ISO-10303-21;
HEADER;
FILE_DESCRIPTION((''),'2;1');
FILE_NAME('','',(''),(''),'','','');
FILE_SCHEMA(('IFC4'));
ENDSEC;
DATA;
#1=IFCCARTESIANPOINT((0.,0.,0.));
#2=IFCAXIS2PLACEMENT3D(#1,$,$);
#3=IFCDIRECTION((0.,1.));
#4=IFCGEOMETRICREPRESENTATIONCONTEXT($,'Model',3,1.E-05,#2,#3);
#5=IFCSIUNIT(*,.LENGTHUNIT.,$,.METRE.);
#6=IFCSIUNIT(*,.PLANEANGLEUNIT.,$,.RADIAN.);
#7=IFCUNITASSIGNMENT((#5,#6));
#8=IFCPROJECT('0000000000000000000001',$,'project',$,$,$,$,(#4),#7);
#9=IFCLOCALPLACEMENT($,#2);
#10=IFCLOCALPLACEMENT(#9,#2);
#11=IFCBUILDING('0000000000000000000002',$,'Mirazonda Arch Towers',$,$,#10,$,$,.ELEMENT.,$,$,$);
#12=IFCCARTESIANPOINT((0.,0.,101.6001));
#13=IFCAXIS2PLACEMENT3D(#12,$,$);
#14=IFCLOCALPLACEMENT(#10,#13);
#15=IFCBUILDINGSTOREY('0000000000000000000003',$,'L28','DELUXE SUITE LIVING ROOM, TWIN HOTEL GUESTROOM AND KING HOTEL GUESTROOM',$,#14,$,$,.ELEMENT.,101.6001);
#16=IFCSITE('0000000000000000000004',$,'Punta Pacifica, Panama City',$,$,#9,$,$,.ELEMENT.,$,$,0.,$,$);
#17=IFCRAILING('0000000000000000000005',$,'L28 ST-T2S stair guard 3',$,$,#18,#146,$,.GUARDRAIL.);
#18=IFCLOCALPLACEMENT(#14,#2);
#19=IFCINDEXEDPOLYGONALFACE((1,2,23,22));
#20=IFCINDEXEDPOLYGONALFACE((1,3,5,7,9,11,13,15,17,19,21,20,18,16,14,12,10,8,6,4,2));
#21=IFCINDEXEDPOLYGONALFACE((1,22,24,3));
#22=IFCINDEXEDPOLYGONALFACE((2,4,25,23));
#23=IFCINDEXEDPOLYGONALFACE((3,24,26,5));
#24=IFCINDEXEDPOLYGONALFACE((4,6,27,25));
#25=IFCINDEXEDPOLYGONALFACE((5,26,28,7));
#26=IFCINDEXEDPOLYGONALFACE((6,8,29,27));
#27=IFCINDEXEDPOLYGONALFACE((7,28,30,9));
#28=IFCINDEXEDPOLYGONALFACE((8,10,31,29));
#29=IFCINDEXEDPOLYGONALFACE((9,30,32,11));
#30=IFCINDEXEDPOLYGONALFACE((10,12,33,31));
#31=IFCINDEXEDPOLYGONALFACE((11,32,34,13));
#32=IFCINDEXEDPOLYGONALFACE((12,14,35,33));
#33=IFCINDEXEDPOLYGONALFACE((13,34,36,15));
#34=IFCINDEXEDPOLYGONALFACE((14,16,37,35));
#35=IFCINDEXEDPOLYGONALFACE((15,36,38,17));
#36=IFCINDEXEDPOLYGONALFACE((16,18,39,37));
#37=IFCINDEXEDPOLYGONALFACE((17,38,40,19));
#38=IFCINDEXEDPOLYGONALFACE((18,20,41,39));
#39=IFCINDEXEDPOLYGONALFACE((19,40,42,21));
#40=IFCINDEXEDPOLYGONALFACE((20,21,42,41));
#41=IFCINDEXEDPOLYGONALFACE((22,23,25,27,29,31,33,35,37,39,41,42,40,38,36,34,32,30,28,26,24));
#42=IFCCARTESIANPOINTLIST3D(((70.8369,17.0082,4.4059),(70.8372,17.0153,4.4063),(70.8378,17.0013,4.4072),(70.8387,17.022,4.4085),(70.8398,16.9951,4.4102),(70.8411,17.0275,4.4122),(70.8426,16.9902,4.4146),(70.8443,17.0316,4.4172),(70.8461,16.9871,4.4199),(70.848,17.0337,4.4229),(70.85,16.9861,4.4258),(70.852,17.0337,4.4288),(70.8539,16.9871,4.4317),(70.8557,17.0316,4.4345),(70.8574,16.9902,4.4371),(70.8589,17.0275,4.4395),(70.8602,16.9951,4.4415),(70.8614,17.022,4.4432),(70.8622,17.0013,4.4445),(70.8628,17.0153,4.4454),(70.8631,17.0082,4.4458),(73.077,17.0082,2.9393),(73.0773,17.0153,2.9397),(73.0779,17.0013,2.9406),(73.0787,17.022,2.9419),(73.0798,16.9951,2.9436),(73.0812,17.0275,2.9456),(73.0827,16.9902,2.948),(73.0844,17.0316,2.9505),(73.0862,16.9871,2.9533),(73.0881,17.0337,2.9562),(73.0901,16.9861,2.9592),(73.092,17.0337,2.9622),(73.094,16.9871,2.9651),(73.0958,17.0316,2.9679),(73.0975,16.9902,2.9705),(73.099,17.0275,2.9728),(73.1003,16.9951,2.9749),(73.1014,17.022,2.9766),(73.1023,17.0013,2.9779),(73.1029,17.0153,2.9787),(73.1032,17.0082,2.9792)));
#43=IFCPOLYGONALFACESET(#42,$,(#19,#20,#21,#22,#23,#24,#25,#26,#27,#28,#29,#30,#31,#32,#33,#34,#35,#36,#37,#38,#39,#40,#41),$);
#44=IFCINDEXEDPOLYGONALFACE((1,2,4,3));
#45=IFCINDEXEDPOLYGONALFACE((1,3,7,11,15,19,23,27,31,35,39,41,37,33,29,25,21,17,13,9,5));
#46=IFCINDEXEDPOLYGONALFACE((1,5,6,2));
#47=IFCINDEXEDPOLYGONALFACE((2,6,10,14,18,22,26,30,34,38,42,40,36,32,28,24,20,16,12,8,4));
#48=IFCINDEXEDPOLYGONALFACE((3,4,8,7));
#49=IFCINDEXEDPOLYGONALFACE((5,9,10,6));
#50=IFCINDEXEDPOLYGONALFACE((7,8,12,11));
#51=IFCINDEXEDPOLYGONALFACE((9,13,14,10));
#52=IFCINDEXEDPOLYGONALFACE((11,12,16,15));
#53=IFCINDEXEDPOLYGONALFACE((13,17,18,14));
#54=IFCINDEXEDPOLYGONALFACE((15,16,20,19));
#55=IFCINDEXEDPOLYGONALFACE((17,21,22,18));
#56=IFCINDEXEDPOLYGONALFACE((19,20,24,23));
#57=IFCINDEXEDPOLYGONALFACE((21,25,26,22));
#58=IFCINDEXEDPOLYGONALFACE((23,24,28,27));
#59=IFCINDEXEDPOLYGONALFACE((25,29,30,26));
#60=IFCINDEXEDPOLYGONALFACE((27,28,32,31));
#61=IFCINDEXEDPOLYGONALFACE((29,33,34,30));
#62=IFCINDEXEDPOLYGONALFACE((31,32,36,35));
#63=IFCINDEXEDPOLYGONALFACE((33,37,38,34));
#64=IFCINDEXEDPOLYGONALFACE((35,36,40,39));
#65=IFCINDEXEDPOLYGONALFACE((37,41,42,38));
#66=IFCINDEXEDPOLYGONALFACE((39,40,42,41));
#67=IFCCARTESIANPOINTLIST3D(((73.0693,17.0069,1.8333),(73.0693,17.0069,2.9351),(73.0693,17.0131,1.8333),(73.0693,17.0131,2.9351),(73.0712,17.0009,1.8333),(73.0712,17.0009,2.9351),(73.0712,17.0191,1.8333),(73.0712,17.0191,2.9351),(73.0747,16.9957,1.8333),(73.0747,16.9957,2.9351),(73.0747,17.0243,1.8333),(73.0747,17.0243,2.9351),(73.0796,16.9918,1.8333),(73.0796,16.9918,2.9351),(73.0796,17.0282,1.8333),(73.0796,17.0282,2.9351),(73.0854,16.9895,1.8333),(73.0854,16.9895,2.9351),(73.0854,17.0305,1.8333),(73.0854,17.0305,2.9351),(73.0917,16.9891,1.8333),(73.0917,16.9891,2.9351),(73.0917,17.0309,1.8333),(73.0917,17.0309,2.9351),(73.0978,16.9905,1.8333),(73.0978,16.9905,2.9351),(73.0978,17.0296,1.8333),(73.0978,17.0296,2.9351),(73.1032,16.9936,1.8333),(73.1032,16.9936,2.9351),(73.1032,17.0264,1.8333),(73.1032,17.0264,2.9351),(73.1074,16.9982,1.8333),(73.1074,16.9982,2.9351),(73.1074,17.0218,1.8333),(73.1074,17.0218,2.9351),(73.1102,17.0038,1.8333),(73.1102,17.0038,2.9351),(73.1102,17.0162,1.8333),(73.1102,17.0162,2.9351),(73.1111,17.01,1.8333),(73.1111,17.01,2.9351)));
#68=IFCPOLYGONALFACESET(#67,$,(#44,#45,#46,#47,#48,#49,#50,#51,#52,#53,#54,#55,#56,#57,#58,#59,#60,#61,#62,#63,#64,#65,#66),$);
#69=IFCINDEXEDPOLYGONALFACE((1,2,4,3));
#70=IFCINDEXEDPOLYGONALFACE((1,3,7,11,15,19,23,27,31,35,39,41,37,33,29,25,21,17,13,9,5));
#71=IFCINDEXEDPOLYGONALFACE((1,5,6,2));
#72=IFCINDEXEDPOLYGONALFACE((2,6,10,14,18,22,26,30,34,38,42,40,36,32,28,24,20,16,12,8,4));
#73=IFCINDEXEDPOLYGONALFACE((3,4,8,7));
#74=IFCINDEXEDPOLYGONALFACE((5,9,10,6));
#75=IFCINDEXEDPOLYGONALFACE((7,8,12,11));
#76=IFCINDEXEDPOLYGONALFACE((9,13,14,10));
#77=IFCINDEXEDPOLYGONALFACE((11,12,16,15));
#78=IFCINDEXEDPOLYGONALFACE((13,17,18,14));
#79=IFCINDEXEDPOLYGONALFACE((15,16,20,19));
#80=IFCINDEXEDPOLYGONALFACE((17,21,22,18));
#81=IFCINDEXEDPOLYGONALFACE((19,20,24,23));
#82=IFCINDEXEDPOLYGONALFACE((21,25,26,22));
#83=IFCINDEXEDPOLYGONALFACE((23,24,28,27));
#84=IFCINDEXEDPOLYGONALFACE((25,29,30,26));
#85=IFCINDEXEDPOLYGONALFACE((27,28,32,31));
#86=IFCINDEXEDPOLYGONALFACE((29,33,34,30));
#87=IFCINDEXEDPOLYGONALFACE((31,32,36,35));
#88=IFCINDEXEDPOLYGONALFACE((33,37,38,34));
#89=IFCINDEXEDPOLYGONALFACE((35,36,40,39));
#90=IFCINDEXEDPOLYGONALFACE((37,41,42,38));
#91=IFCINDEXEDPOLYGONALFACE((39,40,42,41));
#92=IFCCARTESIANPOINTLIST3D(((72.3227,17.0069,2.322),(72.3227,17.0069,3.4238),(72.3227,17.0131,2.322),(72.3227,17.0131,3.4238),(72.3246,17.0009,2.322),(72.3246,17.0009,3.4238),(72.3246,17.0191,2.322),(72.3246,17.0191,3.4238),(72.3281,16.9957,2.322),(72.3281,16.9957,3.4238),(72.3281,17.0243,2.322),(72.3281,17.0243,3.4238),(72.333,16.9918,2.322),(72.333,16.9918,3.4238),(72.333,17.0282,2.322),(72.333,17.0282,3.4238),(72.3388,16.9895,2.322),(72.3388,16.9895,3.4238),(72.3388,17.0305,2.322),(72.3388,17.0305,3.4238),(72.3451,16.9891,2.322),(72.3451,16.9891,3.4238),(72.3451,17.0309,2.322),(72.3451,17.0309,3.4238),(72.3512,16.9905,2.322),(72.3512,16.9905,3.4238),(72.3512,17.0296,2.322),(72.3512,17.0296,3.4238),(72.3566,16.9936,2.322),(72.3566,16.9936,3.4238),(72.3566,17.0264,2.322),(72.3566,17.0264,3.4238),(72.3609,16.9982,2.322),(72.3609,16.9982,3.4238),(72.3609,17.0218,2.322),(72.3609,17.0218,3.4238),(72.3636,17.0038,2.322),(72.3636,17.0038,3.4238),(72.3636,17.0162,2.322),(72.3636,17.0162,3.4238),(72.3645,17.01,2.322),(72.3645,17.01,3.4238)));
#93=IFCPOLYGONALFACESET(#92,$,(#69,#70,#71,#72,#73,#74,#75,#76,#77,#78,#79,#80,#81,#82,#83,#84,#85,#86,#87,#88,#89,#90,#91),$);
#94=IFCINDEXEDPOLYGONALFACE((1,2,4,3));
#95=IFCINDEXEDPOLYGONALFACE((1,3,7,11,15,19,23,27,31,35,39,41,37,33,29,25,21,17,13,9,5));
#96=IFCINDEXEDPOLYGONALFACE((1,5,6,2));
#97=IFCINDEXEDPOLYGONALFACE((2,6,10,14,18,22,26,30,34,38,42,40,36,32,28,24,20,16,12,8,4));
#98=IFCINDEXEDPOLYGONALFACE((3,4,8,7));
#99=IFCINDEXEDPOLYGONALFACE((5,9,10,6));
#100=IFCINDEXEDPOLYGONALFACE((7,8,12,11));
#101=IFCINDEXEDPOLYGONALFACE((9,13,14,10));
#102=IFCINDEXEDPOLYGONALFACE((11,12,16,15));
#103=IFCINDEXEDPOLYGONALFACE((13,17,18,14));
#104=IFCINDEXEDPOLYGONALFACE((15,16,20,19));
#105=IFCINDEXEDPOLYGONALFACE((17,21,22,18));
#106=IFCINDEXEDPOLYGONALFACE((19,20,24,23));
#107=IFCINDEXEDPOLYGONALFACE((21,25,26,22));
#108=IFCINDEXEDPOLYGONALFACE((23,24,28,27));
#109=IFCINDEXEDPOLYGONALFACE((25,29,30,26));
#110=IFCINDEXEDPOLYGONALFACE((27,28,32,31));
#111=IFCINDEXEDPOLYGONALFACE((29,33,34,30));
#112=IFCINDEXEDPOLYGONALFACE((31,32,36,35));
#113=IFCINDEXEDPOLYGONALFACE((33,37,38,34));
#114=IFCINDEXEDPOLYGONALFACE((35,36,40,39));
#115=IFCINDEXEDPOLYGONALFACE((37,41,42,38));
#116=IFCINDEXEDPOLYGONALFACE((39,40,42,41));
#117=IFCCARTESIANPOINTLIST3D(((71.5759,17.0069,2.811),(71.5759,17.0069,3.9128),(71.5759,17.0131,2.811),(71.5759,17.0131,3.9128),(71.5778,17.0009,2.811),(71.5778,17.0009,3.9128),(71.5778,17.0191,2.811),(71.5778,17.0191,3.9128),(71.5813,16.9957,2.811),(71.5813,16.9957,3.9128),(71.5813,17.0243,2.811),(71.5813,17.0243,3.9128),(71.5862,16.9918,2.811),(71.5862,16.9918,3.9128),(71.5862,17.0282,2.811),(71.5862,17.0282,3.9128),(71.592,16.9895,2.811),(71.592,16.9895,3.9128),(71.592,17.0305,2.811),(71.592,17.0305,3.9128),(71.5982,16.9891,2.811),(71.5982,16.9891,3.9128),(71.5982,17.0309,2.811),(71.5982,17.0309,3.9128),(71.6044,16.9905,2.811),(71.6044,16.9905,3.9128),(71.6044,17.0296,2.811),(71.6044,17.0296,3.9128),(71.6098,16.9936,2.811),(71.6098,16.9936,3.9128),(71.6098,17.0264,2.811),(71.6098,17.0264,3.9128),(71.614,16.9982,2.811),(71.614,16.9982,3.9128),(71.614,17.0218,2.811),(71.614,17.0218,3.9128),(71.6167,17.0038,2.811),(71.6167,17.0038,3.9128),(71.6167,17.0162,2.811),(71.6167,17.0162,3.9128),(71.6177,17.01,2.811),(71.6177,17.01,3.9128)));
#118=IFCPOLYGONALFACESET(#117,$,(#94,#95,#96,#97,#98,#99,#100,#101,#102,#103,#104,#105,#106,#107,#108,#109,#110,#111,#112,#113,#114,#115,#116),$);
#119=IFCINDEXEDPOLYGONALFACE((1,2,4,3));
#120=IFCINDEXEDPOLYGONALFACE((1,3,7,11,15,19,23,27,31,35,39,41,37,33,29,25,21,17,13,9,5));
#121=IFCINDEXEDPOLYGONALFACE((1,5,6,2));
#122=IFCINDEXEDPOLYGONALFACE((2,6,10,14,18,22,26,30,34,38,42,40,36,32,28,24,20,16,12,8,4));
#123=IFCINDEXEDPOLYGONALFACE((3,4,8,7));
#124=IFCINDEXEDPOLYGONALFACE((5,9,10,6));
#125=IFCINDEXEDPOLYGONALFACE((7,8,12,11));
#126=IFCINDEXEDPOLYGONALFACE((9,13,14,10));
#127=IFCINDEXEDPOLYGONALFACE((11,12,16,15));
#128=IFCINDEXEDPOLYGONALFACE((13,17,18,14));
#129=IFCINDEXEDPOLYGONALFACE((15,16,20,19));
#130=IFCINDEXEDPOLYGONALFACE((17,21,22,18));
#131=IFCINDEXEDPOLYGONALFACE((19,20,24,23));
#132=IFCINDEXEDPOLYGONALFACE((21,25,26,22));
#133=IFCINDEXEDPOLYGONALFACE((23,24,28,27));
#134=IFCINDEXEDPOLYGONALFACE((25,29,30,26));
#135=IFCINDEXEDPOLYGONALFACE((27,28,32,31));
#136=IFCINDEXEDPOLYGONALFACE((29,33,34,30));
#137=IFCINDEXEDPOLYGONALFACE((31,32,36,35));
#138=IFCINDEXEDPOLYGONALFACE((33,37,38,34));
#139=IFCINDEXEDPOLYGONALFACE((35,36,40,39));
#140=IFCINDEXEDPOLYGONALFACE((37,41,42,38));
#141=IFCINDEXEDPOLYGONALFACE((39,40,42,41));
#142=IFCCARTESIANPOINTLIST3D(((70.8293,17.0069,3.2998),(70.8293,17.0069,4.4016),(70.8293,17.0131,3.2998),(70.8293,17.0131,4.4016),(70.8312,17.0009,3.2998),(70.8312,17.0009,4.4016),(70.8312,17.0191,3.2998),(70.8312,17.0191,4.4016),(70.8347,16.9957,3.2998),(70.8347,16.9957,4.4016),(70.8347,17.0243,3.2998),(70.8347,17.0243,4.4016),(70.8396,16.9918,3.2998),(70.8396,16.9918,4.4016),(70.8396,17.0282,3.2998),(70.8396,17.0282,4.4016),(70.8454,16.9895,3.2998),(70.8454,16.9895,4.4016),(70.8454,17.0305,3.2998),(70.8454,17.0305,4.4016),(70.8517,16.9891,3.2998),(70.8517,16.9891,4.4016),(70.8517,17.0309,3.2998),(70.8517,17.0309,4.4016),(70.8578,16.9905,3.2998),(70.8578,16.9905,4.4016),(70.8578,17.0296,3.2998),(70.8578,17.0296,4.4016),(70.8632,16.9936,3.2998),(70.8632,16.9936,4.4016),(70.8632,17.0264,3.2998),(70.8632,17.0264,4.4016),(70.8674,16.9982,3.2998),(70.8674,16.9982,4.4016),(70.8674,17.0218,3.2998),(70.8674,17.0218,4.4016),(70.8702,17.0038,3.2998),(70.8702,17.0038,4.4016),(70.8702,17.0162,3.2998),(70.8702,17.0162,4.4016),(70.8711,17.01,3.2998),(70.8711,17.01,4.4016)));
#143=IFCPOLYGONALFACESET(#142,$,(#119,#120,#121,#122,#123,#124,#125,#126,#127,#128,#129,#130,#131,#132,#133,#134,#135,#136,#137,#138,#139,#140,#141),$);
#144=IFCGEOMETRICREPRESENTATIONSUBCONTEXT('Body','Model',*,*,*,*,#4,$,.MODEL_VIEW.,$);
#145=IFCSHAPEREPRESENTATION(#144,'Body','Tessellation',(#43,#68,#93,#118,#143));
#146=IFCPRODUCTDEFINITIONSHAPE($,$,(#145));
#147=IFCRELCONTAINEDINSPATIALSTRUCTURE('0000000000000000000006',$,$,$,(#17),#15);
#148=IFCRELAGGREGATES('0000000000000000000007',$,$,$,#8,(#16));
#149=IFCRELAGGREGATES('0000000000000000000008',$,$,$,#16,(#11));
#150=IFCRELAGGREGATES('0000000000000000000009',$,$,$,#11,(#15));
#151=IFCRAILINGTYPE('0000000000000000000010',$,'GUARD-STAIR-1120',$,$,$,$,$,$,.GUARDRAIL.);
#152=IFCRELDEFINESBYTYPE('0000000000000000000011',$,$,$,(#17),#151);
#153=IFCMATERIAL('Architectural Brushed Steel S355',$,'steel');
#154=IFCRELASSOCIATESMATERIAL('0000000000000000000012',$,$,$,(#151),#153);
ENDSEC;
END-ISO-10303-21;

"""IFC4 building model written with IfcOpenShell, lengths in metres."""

from ifc_helpers import new_model, si_unit, direction, frame, origin, origin_2d, place, context, subcontext, project, spatial, circle, extrude, material, type_object, element, save


model = new_model("IFC4")

# Units and contexts
model_context = context("Model", 3, precision=1e-05, world=origin(), true_north=direction((0.0, 1.0)))
body_context = subcontext(model_context, "Body", "Model", "MODEL_VIEW")
ifc_project = project(units=[si_unit("LENGTHUNIT", "METRE"), si_unit("PLANEANGLEUNIT", "RADIAN")], contexts=[model_context])

# Site, building, storey
site_placement = place(None, origin())
site = spatial("IfcSite", under=ifc_project, at=site_placement, Name="Punta Pacifica, Panama City", CompositionType="ELEMENT", RefElevation=0.0)
building_placement = place(site_placement, origin())
building = spatial("IfcBuilding", under=site, at=building_placement, Name="Mirazonda Arch Towers", CompositionType="ELEMENT")
storey_placement = place(building_placement, frame((0.0, 0.0, 101.6001)))
storey = spatial("IfcBuildingStorey", under=building, at=storey_placement, Name="L28", Description="DELUXE SUITE LIVING ROOM, TWIN HOTEL GUESTROOM AND KING HOTEL GUESTROOM", CompositionType="ELEMENT", Elevation=101.6001)

# Railing
ifc_material_1 = material(Name="Architectural Brushed Steel S355", Category="steel")
railing_type_1 = type_object("IfcRailingType", Name="GUARD-STAIR-1120", PredefinedType="GUARDRAIL", material=ifc_material_1)
railing_1_placement = place(storey_placement, frame((73.0901, 17.01, 1.8333)))
element("IfcRailing", 1, at=railing_1_placement, inside=storey, type_object=railing_type_1, Name="L28 ST-T2S stair guard 3", PredefinedType="GUARDRAIL", context=body_context, shape_type="SweptSolid", body=[
    extrude(circle(Radius=0.0239, at=origin_2d()), frame((0.0, 0.0, 1.126), z_axis=(-0.836637, 0.0, 0.547758), x_axis=(0.0, -1.0, 0.0)), (0.0, 0.0, 1.0), 2.6775),
    extrude(circle(Radius=0.021, at=origin_2d()), origin(), (0.0, 0.0, 1.0), 1.1018),
    extrude(circle(Radius=0.021, at=origin_2d()), frame((-0.7466, 0.0, 0.4888)), (0.0, 0.0, 1.0), 1.1018),
    extrude(circle(Radius=0.021, at=origin_2d()), frame((-1.4934, 0.0, 0.9778)), (0.0, 0.0, 1.0), 1.1018),
    extrude(circle(Radius=0.021, at=origin_2d()), frame((-2.24, 0.0, 1.4666)), (0.0, 0.0, 1.0), 1.1018),
])

save(model, "model.ifc")
